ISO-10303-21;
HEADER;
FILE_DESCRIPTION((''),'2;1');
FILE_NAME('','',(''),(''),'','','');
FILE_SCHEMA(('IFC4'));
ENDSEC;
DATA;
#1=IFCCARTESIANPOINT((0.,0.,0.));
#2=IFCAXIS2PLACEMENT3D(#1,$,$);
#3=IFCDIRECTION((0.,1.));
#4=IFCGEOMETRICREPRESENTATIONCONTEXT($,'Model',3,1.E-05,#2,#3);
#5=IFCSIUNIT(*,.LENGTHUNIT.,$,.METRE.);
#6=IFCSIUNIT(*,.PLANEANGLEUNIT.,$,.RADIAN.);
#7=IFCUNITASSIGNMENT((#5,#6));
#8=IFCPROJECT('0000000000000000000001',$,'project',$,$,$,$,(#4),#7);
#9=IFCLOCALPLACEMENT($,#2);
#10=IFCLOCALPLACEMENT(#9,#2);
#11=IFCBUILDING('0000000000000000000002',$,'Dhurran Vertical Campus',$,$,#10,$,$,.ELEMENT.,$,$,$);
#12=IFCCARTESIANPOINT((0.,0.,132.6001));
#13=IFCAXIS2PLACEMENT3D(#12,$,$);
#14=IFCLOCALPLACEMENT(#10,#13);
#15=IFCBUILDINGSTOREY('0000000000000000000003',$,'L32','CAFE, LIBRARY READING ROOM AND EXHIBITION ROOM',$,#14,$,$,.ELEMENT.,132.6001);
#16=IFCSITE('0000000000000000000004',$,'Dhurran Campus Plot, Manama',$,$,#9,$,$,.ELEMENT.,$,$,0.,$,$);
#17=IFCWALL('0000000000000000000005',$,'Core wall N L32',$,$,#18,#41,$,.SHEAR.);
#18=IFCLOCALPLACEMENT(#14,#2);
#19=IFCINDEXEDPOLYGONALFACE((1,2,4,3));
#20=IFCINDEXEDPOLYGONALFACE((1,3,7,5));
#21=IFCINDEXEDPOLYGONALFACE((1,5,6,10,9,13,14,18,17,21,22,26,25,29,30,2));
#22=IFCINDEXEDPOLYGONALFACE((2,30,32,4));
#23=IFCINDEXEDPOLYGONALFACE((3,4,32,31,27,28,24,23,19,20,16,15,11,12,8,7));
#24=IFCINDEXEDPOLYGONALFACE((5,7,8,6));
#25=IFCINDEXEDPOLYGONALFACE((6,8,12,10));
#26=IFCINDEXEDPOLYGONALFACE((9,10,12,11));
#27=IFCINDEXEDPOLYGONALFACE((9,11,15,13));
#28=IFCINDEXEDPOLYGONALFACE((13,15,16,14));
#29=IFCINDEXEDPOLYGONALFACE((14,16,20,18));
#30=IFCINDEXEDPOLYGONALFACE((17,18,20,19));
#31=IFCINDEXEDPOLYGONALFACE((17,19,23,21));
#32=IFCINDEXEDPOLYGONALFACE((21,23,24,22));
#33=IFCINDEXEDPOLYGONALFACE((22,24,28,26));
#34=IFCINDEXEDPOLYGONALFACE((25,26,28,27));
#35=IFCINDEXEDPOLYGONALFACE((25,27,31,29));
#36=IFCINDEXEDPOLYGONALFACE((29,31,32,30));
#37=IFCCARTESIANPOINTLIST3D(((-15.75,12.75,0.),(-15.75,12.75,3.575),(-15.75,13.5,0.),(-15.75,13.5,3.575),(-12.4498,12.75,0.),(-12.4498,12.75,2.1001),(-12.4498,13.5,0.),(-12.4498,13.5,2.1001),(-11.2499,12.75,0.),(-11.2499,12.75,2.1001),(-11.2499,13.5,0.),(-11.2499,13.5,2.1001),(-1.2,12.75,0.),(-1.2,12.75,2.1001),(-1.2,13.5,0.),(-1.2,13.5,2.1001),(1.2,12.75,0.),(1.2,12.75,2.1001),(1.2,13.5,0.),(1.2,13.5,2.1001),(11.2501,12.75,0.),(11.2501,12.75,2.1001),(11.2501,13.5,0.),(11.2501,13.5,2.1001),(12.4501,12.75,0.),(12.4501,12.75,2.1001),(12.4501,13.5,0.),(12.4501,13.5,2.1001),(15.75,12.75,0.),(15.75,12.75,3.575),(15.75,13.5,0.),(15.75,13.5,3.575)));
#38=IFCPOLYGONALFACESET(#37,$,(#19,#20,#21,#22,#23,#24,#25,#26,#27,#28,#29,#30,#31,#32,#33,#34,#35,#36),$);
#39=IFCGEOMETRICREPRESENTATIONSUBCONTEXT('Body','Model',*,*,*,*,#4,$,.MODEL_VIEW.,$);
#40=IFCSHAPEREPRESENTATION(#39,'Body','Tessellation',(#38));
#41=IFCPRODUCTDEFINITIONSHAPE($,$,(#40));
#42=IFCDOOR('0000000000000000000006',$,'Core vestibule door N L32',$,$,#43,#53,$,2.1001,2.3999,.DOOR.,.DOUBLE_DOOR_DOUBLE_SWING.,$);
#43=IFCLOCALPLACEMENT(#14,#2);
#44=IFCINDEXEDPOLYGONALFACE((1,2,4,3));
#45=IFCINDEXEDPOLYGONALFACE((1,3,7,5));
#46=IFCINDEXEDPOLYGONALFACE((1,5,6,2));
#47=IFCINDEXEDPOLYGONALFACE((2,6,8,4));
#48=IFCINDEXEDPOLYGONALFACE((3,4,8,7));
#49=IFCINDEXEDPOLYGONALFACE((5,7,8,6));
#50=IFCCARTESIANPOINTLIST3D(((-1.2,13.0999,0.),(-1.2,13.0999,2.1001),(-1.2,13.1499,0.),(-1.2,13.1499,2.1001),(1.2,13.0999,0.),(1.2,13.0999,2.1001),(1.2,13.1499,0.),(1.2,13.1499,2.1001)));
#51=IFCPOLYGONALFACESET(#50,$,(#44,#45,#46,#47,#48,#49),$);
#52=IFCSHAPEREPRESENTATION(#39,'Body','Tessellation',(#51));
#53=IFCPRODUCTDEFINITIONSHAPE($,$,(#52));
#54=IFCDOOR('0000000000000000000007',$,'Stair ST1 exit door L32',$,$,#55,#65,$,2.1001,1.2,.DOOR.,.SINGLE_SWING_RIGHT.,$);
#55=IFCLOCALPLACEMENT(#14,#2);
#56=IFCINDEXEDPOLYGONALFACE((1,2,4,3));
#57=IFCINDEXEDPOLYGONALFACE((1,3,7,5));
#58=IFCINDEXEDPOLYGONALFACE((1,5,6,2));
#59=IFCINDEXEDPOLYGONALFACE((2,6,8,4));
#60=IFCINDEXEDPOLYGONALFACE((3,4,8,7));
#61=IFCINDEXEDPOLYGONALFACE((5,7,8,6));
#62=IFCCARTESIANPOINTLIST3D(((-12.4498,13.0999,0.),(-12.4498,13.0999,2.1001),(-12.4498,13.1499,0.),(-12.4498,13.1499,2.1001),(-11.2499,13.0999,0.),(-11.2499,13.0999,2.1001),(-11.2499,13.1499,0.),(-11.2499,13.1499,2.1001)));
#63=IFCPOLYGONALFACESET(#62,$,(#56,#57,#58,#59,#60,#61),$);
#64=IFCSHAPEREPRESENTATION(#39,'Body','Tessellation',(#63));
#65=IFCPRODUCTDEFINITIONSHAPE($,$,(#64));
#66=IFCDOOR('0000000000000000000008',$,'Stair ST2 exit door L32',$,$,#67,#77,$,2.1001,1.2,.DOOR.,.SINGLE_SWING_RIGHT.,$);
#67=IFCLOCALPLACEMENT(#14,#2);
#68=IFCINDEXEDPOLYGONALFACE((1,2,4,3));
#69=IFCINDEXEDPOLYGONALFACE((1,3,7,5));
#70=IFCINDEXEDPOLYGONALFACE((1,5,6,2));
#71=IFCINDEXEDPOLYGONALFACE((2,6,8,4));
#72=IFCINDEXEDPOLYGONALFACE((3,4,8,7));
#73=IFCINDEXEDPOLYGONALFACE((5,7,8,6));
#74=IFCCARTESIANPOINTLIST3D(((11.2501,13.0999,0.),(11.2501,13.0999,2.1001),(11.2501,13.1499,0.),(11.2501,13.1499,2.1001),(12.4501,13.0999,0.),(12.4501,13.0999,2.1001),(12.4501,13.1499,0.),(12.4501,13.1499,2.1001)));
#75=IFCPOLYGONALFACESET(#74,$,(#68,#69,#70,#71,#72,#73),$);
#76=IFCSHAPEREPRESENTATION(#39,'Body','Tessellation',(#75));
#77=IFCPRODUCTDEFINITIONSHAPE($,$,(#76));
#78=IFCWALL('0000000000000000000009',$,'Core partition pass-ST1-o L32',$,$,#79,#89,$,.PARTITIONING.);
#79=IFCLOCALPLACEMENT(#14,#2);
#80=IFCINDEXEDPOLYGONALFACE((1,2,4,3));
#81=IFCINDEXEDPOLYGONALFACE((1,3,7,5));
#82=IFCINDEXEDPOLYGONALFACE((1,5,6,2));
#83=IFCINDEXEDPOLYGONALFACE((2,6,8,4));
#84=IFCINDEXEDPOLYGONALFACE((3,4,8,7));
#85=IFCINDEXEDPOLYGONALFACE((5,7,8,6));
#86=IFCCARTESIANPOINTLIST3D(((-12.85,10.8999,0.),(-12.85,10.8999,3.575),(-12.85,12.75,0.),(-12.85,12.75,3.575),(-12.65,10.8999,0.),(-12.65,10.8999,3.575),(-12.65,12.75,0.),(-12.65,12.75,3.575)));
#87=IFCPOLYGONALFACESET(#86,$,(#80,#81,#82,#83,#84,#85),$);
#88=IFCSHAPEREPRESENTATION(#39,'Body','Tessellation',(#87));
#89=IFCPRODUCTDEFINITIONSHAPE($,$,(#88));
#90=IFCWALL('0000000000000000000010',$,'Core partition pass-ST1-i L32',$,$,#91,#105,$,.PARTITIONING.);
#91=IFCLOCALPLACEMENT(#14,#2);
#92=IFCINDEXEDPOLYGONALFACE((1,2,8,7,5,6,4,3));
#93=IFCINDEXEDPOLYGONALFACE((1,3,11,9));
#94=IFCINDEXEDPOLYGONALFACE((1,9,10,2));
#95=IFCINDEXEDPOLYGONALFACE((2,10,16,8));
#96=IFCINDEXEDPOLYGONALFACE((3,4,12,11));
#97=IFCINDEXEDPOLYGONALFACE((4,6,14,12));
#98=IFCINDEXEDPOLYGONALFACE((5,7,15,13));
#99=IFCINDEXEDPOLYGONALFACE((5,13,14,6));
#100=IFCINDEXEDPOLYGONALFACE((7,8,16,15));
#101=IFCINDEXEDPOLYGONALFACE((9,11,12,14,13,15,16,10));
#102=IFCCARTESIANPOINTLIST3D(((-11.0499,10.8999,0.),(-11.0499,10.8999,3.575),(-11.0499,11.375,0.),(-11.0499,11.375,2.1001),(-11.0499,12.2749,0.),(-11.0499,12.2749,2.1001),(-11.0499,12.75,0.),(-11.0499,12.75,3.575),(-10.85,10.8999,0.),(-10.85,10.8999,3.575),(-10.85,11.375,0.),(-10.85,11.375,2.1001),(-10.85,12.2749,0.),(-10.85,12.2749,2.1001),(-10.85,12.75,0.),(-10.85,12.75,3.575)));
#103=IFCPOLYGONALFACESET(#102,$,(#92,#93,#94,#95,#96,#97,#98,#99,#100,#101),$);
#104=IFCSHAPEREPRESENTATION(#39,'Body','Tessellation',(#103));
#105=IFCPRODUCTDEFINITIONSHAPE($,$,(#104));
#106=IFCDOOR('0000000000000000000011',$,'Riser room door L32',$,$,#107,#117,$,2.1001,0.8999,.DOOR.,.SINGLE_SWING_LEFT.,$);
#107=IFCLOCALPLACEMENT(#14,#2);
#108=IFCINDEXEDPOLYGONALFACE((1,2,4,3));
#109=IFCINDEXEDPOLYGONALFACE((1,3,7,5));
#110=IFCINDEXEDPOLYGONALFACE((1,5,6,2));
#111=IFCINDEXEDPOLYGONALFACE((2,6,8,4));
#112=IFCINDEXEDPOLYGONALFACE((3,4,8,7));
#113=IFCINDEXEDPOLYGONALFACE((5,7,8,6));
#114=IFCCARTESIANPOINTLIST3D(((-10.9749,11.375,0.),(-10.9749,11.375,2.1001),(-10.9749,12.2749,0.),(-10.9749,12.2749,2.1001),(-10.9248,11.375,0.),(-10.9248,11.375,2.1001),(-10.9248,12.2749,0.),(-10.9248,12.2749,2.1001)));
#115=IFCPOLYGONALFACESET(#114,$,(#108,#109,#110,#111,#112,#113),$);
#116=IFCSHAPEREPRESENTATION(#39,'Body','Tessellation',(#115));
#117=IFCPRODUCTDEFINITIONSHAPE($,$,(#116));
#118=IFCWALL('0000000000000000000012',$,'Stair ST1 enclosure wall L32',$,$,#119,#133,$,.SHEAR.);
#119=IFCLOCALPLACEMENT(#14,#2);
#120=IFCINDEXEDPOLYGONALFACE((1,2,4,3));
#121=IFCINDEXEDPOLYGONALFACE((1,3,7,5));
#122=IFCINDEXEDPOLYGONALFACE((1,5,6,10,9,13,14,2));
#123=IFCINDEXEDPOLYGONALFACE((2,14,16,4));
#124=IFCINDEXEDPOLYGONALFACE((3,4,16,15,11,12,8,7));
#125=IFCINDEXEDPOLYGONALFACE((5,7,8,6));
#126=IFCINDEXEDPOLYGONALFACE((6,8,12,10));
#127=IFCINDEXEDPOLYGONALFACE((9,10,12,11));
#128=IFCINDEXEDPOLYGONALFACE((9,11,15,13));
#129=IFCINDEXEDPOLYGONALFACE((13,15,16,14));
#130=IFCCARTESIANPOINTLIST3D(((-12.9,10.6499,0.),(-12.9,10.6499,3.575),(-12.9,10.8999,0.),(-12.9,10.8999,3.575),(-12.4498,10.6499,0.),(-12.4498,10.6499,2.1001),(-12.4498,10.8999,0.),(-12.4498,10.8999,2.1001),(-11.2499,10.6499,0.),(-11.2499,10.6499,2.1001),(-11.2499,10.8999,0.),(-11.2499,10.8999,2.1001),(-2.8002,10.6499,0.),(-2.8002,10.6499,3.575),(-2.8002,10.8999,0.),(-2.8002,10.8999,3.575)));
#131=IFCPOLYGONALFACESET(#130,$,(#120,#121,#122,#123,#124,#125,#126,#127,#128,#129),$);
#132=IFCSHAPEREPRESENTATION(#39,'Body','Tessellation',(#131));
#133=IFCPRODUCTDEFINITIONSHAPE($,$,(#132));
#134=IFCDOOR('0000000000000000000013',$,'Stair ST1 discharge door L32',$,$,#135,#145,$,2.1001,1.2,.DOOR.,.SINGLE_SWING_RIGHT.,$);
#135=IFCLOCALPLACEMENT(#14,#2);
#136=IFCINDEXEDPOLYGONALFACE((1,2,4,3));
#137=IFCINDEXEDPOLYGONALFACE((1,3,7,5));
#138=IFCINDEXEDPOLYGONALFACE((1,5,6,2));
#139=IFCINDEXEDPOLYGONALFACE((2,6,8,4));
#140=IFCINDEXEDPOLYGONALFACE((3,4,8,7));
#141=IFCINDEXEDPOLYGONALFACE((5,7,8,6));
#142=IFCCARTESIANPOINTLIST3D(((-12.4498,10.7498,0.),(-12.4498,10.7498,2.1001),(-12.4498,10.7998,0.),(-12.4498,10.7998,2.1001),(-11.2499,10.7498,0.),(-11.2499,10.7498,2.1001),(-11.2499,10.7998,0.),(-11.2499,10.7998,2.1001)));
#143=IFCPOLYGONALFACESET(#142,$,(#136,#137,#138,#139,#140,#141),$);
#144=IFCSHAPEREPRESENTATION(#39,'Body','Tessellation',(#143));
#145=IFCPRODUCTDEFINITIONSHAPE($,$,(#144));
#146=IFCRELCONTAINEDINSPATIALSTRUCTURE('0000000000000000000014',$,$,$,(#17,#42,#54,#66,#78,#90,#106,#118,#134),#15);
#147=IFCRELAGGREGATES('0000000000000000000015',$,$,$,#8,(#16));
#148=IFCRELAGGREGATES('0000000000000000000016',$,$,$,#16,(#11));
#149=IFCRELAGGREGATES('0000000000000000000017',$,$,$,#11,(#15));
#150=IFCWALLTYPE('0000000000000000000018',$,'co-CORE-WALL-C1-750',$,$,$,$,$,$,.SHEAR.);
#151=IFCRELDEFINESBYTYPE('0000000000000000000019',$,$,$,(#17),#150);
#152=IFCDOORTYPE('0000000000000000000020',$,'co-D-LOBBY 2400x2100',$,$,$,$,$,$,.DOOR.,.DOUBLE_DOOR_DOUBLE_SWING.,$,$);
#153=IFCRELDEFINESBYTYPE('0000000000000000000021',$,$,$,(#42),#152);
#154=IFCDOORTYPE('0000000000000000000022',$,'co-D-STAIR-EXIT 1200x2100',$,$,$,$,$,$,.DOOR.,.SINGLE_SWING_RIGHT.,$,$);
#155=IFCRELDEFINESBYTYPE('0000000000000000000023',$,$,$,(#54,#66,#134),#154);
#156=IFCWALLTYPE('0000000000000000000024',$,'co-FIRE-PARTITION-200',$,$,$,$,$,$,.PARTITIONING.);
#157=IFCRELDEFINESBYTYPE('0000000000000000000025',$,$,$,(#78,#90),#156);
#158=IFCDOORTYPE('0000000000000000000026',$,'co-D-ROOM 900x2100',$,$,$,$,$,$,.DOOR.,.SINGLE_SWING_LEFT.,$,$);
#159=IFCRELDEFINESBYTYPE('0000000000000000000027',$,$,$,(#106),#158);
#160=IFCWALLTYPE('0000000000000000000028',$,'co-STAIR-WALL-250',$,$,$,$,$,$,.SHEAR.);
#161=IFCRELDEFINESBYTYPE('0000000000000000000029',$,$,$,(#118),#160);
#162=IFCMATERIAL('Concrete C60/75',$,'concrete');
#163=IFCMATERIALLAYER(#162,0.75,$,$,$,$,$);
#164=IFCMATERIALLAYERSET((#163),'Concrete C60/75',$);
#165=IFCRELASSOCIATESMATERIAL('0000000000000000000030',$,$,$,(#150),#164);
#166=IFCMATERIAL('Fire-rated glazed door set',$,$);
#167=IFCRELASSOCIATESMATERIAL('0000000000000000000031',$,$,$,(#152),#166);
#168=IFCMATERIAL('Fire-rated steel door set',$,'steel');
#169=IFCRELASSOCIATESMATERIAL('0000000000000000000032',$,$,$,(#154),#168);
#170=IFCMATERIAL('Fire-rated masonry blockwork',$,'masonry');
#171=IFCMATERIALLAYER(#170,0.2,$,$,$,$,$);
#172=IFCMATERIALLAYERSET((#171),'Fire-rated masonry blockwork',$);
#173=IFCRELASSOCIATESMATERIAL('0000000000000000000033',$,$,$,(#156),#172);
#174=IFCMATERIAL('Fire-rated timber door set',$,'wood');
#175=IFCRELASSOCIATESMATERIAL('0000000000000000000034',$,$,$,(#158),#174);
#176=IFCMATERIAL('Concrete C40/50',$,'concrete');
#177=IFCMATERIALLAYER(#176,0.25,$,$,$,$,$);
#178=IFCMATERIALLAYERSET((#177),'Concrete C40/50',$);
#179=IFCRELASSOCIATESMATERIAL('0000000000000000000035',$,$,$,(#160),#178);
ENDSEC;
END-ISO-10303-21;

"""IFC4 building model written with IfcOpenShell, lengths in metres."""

from ifc_helpers import new_model, si_unit, direction, frame, frame_2d, origin, place, context, subcontext, project, spatial, rectangle, extrude, material, layer, layer_set, type_object, element, fill, save


model = new_model("IFC4")

# Units and contexts
model_context = context("Model", 3, precision=1e-05, world=origin(), true_north=direction((0.0, 1.0)))
body_context = subcontext(model_context, "Body", "Model", "MODEL_VIEW")
ifc_project = project(units=[si_unit("LENGTHUNIT", "METRE"), si_unit("PLANEANGLEUNIT", "RADIAN")], contexts=[model_context])

# Site, building, storey
site_placement = place(None, origin())
site = spatial("IfcSite", under=ifc_project, at=site_placement, Name="Dhurran Campus Plot, Manama", CompositionType="ELEMENT", RefElevation=0.0)
building_placement = place(site_placement, origin())
building = spatial("IfcBuilding", under=site, at=building_placement, Name="Dhurran Vertical Campus", CompositionType="ELEMENT")
storey_placement = place(building_placement, frame((0.0, 0.0, 132.6001)))
storey = spatial("IfcBuildingStorey", under=building, at=storey_placement, Name="L32", Description="CAFE, LIBRARY READING ROOM AND EXHIBITION ROOM", CompositionType="ELEMENT", Elevation=132.6001)

# Wall, openings, doors
ifc_material_1 = material(Name="Concrete C60/75", Category="concrete")
ifc_layer_1 = layer(ifc_material_1, 0.75)
ifc_layer_set_1 = layer_set([ifc_layer_1], Name="Concrete C60/75")
wall_type_1 = type_object("IfcWallType", Name="co-CORE-WALL-C1-750", PredefinedType="SHEAR", material=ifc_layer_set_1)
wall_1_placement = place(storey_placement, frame((-15.75, 13.125, 0.0), z_axis=(0.0, 0.0, 1.0), x_axis=(1.0, 0.0, 0.0)))
wall_1 = element("IfcWall", 1, at=wall_1_placement, inside=storey, type_object=wall_type_1, Name="Core wall N L32", PredefinedType="SHEAR", context=body_context, shape_type="SweptSolid", body=[
    extrude(rectangle(XDim=31.5, YDim=0.75, at=frame_2d((15.75, 0.0))), origin(), (0.0, 0.0, 1.0), 3.575),
])
opening_1_placement = place(wall_1_placement, frame((14.55, 0.0, 0.0)))
opening_1 = element("IfcOpeningElement", 2, at=opening_1_placement, cuts=wall_1, PredefinedType="OPENING", context=body_context, shape_type="SweptSolid", body=[
    extrude(rectangle(XDim=2.3999, YDim=2.1001, at=frame_2d((1.2, 1.05))), frame((0.0, 0.385, 0.0), z_axis=(0.0, -1.0, 0.0), x_axis=(1.0, 0.0, 0.0)), (0.0, 0.0, 1.0), 0.77),
])
opening_2_placement = place(wall_1_placement, frame((3.3, 0.0, 0.0)))
opening_2 = element("IfcOpeningElement", 3, at=opening_2_placement, cuts=wall_1, PredefinedType="OPENING", context=body_context, shape_type="SweptSolid", body=[
    extrude(rectangle(XDim=1.2, YDim=2.1001, at=frame_2d((0.6001, 1.05))), frame((0.0, 0.385, 0.0), z_axis=(0.0, -1.0, 0.0), x_axis=(1.0, 0.0, 0.0)), (0.0, 0.0, 1.0), 0.77),
])
opening_3_placement = place(wall_1_placement, frame((27.0, 0.0, 0.0)))
opening_3 = element("IfcOpeningElement", 4, at=opening_3_placement, cuts=wall_1, PredefinedType="OPENING", context=body_context, shape_type="SweptSolid", body=[
    extrude(rectangle(XDim=1.2, YDim=2.1001, at=frame_2d((0.6001, 1.05))), frame((0.0, 0.385, 0.0), z_axis=(0.0, -1.0, 0.0), x_axis=(1.0, 0.0, 0.0)), (0.0, 0.0, 1.0), 0.77),
])
ifc_material_2 = material(Name="Fire-rated glazed door set")
door_type_1 = type_object("IfcDoorType", Name="co-D-LOBBY 2400x2100", OperationType="DOUBLE_DOOR_DOUBLE_SWING", PredefinedType="DOOR", material=ifc_material_2)
door_1_placement = place(opening_1_placement, origin())
door_1 = element("IfcDoor", 5, at=door_1_placement, inside=storey, type_object=door_type_1, Name="Core vestibule door N L32", OperationType="DOUBLE_DOOR_DOUBLE_SWING", OverallHeight=2.1001, OverallWidth=2.3999, PredefinedType="DOOR", context=body_context, shape_type="SweptSolid", body=[
    extrude(rectangle(XDim=2.3999, YDim=2.1001, at=frame_2d((1.2, 1.05))), frame((0.0, 0.0249, 0.0), z_axis=(0.0, -1.0, 0.0), x_axis=(1.0, 0.0, 0.0)), (0.0, 0.0, 1.0), 0.05),
])
fill(opening_1, door_1)
ifc_material_3 = material(Name="Fire-rated steel door set", Category="steel")
door_type_2 = type_object("IfcDoorType", Name="co-D-STAIR-EXIT 1200x2100", OperationType="SINGLE_SWING_RIGHT", PredefinedType="DOOR", material=ifc_material_3)
door_2_placement = place(opening_2_placement, origin())
door_2 = element("IfcDoor", 6, at=door_2_placement, inside=storey, type_object=door_type_2, Name="Stair ST1 exit door L32", OperationType="SINGLE_SWING_RIGHT", OverallHeight=2.1001, OverallWidth=1.2, PredefinedType="DOOR", context=body_context, shape_type="SweptSolid", body=[
    extrude(rectangle(XDim=1.2, YDim=2.1001, at=frame_2d((0.6001, 1.05))), frame((0.0, 0.0249, 0.0), z_axis=(0.0, -1.0, 0.0), x_axis=(1.0, 0.0, 0.0)), (0.0, 0.0, 1.0), 0.05),
])
fill(opening_2, door_2)
door_3_placement = place(opening_3_placement, origin())
door_3 = element("IfcDoor", 7, at=door_3_placement, inside=storey, type_object=door_type_2, Name="Stair ST2 exit door L32", OperationType="SINGLE_SWING_RIGHT", OverallHeight=2.1001, OverallWidth=1.2, PredefinedType="DOOR", context=body_context, shape_type="SweptSolid", body=[
    extrude(rectangle(XDim=1.2, YDim=2.1001, at=frame_2d((0.6001, 1.05))), frame((0.0, 0.0249, 0.0), z_axis=(0.0, -1.0, 0.0), x_axis=(1.0, 0.0, 0.0)), (0.0, 0.0, 1.0), 0.05),
])
fill(opening_3, door_3)

# Wall
ifc_material_4 = material(Name="Fire-rated masonry blockwork", Category="masonry")
ifc_layer_2 = layer(ifc_material_4, 0.2)
ifc_layer_set_2 = layer_set([ifc_layer_2], Name="Fire-rated masonry blockwork")
wall_type_2 = type_object("IfcWallType", Name="co-FIRE-PARTITION-200", PredefinedType="PARTITIONING", material=ifc_layer_set_2)
wall_2_placement = place(storey_placement, frame((-12.75, 10.8999, 0.0), z_axis=(0.0, 0.0, 1.0), x_axis=(0.0, 1.0, 0.0)))
element("IfcWall", 8, at=wall_2_placement, inside=storey, type_object=wall_type_2, Name="Core partition pass-ST1-o L32", PredefinedType="PARTITIONING", context=body_context, shape_type="SweptSolid", body=[
    extrude(rectangle(XDim=1.8501, YDim=0.2, at=frame_2d((0.925, 0.0))), origin(), (0.0, 0.0, 1.0), 3.575),
])

# Walls, openings, doors
wall_3_placement = place(storey_placement, frame((-10.95, 10.8999, 0.0), z_axis=(0.0, 0.0, 1.0), x_axis=(0.0, 1.0, 0.0)))
wall_3 = element("IfcWall", 9, at=wall_3_placement, inside=storey, type_object=wall_type_2, Name="Core partition pass-ST1-i L32", PredefinedType="PARTITIONING", context=body_context, shape_type="SweptSolid", body=[
    extrude(rectangle(XDim=1.8501, YDim=0.2, at=frame_2d((0.925, 0.0))), origin(), (0.0, 0.0, 1.0), 3.575),
])
opening_4_placement = place(wall_3_placement, frame((0.4751, 0.0, 0.0)))
opening_4 = element("IfcOpeningElement", 10, at=opening_4_placement, cuts=wall_3, PredefinedType="OPENING", context=body_context, shape_type="SweptSolid", body=[
    extrude(rectangle(XDim=0.8999, YDim=2.1001, at=frame_2d((0.45, 1.05))), frame((0.0, 0.1099, 0.0), z_axis=(0.0, -1.0, 0.0), x_axis=(1.0, 0.0, 0.0)), (0.0, 0.0, 1.0), 0.22),
])
ifc_material_5 = material(Name="Fire-rated timber door set", Category="wood")
door_type_3 = type_object("IfcDoorType", Name="co-D-ROOM 900x2100", OperationType="SINGLE_SWING_LEFT", PredefinedType="DOOR", material=ifc_material_5)
door_4_placement = place(opening_4_placement, origin())
door_4 = element("IfcDoor", 11, at=door_4_placement, inside=storey, type_object=door_type_3, Name="Riser room door L32", OperationType="SINGLE_SWING_LEFT", OverallHeight=2.1001, OverallWidth=0.8999, PredefinedType="DOOR", context=body_context, shape_type="SweptSolid", body=[
    extrude(rectangle(XDim=0.8999, YDim=2.1001, at=frame_2d((0.45, 1.05))), frame((0.0, 0.0249, 0.0), z_axis=(0.0, -1.0, 0.0), x_axis=(1.0, 0.0, 0.0)), (0.0, 0.0, 1.0), 0.05),
])
fill(opening_4, door_4)
ifc_material_6 = material(Name="Concrete C40/50", Category="concrete")
ifc_layer_3 = layer(ifc_material_6, 0.25)
ifc_layer_set_3 = layer_set([ifc_layer_3], Name="Concrete C40/50")
wall_type_3 = type_object("IfcWallType", Name="co-STAIR-WALL-250", PredefinedType="SHEAR", material=ifc_layer_set_3)
wall_4_placement = place(storey_placement, frame((-12.8999, 10.7749, 0.0), z_axis=(0.0, 0.0, 1.0), x_axis=(1.0, 0.0, 0.0)))
wall_4 = element("IfcWall", 12, at=wall_4_placement, inside=storey, type_object=wall_type_3, Name="Stair ST1 enclosure wall L32", PredefinedType="SHEAR", context=body_context, shape_type="SweptSolid", body=[
    extrude(rectangle(XDim=10.0999, YDim=0.25, at=frame_2d((5.0498, 0.0))), origin(), (0.0, 0.0, 1.0), 3.575),
])
opening_5_placement = place(wall_4_placement, frame((0.45, 0.0, 0.0)))
opening_5 = element("IfcOpeningElement", 13, at=opening_5_placement, cuts=wall_4, PredefinedType="OPENING", context=body_context, shape_type="SweptSolid", body=[
    extrude(rectangle(XDim=1.2, YDim=2.1001, at=frame_2d((0.6001, 1.05))), frame((0.0, 0.135, 0.0), z_axis=(0.0, -1.0, 0.0), x_axis=(1.0, 0.0, 0.0)), (0.0, 0.0, 1.0), 0.27),
])
door_5_placement = place(opening_5_placement, origin())
door_5 = element("IfcDoor", 14, at=door_5_placement, inside=storey, type_object=door_type_2, Name="Stair ST1 discharge door L32", OperationType="SINGLE_SWING_RIGHT", OverallHeight=2.1001, OverallWidth=1.2, PredefinedType="DOOR", context=body_context, shape_type="SweptSolid", body=[
    extrude(rectangle(XDim=1.2, YDim=2.1001, at=frame_2d((0.6001, 1.05))), frame((0.0, 0.0249, 0.0), z_axis=(0.0, -1.0, 0.0), x_axis=(1.0, 0.0, 0.0)), (0.0, 0.0, 1.0), 0.05),
])
fill(opening_5, door_5)

save(model, "model.ifc")
